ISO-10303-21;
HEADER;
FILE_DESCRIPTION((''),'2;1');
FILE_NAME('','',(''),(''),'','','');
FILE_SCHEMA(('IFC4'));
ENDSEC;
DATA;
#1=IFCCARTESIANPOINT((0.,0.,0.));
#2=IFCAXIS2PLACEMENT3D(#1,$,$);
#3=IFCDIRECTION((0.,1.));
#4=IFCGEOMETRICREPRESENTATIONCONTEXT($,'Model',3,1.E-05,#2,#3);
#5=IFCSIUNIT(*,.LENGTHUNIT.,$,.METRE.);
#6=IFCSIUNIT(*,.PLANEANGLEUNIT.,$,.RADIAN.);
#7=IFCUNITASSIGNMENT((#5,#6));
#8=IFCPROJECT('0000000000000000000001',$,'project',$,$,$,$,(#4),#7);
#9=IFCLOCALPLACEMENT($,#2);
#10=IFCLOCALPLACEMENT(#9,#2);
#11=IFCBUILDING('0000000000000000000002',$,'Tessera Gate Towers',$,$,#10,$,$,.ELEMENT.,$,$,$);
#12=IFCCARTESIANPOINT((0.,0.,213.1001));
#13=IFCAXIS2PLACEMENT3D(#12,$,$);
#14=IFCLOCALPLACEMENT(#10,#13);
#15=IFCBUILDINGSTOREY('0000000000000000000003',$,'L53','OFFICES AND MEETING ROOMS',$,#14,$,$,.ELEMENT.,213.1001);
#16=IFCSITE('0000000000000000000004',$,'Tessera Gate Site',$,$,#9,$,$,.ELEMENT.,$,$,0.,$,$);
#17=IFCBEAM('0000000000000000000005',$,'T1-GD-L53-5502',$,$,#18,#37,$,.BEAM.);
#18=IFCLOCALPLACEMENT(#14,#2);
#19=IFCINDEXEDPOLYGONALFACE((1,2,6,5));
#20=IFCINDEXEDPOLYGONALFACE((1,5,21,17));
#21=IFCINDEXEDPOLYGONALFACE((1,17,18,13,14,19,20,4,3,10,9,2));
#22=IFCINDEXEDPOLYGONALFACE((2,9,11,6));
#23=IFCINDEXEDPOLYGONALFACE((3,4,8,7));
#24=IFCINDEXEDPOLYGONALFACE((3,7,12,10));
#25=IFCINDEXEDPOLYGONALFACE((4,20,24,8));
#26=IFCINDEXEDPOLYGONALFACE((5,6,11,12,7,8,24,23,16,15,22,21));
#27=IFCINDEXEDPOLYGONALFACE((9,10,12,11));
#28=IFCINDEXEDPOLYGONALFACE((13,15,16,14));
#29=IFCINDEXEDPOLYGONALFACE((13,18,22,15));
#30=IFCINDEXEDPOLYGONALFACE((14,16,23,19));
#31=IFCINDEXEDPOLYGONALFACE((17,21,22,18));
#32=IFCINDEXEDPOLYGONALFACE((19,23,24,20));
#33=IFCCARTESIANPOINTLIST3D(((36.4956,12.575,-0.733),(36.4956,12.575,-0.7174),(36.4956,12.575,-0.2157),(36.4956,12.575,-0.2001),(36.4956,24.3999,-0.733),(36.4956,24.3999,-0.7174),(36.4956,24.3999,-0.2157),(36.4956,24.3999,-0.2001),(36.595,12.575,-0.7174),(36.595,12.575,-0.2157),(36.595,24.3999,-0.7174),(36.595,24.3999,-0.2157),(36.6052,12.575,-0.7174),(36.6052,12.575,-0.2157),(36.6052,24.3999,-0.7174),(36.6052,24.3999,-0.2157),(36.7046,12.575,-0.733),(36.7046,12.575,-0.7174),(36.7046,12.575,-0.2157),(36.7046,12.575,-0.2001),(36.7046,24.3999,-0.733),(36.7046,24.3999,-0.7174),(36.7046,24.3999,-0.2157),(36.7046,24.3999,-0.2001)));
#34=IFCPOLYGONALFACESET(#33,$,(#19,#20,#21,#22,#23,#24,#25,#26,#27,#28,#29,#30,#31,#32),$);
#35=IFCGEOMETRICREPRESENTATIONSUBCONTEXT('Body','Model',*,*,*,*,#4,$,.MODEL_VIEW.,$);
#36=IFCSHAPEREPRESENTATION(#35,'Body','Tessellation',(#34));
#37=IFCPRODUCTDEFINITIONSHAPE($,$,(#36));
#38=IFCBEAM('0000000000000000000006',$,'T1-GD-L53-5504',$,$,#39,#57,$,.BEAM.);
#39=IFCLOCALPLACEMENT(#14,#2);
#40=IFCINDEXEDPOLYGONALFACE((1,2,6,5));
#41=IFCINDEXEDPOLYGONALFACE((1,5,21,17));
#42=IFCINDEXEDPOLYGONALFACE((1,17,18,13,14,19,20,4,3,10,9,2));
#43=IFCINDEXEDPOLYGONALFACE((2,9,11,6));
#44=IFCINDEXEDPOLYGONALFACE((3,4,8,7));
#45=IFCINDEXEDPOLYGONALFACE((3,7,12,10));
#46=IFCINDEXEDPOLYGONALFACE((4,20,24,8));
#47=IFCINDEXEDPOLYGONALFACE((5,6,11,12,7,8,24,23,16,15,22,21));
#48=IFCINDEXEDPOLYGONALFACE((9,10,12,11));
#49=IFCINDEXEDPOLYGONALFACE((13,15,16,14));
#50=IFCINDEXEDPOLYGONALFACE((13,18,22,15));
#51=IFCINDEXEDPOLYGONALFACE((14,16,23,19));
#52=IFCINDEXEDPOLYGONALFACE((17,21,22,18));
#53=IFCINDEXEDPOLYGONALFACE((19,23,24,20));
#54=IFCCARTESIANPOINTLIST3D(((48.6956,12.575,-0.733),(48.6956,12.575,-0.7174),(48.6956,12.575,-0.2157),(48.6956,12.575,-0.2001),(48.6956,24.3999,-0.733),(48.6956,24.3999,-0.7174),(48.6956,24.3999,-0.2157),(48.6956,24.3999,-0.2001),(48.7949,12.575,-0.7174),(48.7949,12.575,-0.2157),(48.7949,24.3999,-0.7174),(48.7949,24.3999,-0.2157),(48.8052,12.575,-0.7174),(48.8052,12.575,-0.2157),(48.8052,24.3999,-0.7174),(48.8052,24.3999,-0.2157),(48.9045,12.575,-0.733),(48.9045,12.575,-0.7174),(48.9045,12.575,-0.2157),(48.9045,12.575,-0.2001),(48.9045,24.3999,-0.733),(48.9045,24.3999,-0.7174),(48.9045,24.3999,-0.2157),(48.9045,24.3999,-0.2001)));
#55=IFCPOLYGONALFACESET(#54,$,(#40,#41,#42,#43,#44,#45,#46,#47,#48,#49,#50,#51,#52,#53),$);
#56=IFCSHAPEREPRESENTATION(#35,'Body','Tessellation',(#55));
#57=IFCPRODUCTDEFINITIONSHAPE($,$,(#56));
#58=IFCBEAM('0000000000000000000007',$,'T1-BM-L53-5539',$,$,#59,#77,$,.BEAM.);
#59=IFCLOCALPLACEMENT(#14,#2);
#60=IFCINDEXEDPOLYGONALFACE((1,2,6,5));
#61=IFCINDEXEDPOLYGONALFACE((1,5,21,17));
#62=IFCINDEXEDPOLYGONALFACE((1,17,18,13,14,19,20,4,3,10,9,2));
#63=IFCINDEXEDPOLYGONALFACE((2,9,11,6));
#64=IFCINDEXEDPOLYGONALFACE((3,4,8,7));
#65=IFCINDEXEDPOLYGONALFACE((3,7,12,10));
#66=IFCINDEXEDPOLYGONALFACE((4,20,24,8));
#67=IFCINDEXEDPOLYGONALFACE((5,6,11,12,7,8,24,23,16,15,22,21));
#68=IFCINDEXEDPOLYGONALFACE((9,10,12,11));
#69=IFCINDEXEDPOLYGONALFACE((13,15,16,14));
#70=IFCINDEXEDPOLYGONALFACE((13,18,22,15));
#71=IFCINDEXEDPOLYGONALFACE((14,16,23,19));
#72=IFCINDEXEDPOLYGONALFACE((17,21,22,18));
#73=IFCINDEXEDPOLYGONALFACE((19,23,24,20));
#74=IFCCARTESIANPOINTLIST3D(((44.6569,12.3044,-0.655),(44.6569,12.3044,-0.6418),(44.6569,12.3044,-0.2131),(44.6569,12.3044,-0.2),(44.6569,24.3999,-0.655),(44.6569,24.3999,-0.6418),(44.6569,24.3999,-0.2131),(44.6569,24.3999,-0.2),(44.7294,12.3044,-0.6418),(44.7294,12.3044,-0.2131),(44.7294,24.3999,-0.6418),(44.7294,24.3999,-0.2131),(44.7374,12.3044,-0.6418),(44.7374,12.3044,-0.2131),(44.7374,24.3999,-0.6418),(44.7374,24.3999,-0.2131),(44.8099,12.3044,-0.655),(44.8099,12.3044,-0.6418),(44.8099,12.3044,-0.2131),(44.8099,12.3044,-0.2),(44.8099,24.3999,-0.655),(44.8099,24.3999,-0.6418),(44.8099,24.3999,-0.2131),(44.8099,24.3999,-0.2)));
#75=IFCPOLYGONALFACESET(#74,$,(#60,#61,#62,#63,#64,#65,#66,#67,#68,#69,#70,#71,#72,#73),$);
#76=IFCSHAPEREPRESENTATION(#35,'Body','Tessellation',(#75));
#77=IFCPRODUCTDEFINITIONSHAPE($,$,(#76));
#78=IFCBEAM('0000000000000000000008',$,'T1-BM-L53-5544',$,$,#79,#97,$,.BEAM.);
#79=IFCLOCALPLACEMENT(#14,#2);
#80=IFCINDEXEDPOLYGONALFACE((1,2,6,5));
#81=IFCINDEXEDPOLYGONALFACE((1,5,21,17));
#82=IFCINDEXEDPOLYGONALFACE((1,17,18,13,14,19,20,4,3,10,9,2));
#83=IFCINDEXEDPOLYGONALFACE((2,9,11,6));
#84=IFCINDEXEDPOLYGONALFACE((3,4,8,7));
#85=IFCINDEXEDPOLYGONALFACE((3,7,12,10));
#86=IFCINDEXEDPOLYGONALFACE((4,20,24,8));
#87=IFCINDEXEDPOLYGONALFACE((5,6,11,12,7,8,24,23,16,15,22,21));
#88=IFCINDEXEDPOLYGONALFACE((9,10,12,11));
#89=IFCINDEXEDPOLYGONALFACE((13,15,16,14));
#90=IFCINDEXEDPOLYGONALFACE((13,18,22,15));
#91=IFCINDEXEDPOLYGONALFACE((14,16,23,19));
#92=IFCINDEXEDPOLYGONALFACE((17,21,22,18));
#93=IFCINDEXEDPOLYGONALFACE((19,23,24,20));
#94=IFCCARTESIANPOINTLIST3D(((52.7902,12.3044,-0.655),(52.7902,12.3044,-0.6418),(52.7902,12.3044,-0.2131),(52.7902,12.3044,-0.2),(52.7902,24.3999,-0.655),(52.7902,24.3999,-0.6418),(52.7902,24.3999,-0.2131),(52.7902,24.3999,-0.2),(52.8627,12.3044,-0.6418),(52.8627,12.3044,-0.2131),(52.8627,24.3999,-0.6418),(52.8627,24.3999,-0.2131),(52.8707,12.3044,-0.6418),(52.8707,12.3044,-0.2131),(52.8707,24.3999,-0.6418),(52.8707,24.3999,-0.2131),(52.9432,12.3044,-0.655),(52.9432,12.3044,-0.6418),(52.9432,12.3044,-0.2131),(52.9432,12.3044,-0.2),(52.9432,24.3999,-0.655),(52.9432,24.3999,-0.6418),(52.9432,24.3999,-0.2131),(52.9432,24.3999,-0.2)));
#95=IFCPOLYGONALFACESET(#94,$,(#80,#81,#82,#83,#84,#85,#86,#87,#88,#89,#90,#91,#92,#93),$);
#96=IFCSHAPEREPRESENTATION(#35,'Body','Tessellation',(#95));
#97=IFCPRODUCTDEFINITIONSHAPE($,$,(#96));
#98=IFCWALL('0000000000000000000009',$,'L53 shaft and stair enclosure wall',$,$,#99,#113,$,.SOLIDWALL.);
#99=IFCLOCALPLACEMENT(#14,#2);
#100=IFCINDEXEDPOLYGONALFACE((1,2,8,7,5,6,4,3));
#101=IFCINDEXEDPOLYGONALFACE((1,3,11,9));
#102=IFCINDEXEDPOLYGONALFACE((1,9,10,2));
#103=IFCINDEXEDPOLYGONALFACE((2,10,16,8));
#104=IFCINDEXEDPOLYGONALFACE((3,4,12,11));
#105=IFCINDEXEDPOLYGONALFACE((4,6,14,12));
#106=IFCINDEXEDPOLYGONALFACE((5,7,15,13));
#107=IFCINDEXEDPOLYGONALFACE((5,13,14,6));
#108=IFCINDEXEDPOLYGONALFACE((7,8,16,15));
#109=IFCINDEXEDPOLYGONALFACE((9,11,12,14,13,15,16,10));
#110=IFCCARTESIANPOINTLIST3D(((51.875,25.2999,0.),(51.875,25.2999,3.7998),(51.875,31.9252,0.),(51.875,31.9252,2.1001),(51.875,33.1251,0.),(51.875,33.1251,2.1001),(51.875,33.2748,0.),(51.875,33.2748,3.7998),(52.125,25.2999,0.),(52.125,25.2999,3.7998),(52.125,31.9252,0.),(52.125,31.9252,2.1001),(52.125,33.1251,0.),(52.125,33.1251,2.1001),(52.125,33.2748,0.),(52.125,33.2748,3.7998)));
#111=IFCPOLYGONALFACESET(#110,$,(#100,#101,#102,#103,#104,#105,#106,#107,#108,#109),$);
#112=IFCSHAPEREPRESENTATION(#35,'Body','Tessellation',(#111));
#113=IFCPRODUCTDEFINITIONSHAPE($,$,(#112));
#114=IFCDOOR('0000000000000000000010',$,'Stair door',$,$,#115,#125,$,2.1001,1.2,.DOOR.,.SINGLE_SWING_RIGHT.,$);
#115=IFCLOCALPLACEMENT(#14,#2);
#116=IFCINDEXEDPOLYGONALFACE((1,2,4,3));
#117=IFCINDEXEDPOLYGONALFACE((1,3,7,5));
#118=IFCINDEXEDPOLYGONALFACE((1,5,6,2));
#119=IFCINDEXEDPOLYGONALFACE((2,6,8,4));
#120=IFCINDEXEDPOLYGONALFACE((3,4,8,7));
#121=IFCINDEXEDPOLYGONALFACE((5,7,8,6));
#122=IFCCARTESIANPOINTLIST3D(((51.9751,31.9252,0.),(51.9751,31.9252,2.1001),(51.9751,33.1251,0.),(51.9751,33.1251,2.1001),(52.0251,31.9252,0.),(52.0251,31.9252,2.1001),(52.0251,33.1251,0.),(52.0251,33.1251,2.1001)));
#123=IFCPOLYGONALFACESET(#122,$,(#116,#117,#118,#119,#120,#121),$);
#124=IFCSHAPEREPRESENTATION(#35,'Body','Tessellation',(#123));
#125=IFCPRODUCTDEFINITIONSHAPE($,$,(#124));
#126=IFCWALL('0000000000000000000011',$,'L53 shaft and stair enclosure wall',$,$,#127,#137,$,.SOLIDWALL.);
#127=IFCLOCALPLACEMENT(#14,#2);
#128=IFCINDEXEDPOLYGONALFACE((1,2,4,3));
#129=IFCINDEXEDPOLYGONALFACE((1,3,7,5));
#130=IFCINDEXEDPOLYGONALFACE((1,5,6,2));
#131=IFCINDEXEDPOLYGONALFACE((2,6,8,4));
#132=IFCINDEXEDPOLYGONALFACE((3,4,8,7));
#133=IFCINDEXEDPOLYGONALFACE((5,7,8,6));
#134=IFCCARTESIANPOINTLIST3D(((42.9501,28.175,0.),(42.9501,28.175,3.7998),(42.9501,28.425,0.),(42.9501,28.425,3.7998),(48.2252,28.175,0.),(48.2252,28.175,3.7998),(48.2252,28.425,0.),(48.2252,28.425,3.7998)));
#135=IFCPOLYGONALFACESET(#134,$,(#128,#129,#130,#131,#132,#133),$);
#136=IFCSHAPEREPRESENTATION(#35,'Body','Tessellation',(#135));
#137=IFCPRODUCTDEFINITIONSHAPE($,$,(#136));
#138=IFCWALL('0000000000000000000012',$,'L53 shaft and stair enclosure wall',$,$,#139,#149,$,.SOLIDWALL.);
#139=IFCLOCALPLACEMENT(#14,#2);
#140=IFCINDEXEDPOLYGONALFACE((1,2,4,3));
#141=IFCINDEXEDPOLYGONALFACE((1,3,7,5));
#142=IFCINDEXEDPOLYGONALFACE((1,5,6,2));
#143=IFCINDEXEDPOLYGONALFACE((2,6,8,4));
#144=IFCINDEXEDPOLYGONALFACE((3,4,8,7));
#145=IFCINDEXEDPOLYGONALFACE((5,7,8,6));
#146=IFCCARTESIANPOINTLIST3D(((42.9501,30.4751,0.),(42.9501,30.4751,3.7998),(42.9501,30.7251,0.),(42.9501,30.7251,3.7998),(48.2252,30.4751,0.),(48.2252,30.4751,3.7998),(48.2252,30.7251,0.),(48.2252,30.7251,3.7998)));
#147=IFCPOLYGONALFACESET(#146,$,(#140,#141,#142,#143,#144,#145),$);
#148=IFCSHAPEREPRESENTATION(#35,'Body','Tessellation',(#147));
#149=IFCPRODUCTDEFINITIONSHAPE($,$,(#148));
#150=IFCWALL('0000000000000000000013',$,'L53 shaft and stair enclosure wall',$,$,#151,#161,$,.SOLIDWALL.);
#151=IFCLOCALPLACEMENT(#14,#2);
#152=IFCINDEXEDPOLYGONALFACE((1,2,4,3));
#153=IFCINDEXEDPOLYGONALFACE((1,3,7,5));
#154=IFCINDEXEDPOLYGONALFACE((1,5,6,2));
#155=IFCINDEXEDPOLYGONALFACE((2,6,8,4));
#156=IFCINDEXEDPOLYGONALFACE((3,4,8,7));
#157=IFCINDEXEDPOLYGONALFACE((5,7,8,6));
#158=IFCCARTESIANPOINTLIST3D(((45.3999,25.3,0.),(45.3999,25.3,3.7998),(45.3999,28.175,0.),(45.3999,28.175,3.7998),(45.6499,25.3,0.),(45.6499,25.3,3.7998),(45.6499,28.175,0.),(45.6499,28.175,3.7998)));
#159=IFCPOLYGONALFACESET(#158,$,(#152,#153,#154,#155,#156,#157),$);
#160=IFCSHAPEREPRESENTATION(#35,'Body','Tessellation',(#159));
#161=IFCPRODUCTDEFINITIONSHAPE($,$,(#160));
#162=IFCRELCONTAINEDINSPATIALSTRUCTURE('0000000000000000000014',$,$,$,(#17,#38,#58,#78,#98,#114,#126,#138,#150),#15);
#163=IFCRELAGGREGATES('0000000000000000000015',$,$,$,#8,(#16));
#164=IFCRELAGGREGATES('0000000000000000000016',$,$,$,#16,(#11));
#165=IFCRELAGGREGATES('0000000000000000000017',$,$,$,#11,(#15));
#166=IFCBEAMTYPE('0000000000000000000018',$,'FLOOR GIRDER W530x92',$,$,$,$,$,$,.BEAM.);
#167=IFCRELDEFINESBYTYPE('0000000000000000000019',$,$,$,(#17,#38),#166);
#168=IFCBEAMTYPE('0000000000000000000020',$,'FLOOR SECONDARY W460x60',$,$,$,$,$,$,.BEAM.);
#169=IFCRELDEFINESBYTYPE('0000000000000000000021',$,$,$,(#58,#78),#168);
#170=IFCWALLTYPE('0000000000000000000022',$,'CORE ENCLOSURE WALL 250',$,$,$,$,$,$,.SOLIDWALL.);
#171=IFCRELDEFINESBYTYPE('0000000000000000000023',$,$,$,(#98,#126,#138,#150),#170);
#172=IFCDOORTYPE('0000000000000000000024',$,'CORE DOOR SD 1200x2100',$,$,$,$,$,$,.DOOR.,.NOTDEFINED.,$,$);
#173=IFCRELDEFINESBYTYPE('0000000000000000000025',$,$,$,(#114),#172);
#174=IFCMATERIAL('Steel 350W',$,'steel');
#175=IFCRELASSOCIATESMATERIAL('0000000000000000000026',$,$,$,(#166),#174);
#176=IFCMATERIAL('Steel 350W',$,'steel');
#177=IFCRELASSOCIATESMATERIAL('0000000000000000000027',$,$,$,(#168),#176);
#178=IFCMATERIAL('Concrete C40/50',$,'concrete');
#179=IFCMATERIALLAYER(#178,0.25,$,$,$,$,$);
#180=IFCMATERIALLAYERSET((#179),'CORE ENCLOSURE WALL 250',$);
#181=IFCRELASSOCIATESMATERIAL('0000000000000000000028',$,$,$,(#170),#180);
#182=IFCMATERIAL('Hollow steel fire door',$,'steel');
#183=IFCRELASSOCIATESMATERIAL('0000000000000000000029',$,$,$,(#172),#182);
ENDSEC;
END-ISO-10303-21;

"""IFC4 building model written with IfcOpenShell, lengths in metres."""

from ifc_helpers import new_model, si_unit, direction, frame, frame_2d, origin, origin_2d, place, context, subcontext, project, spatial, rectangle, i_section, extrude, source, transform, mapped, material, layer, layer_set, material_profile, profile_set, type_object, element, fill, save


model = new_model("IFC4")

# Units and contexts
model_context = context("Model", 3, precision=1e-05, world=origin(), true_north=direction((0.0, 1.0)))
body_context = subcontext(model_context, "Body", "Model", "MODEL_VIEW")
ifc_project = project(units=[si_unit("LENGTHUNIT", "METRE"), si_unit("PLANEANGLEUNIT", "RADIAN")], contexts=[model_context])

# Site, building, storey
site_placement = place(None, origin())
site = spatial("IfcSite", under=ifc_project, at=site_placement, Name="Tessera Gate Site", CompositionType="ELEMENT", RefElevation=0.0)
building_placement = place(site_placement, origin())
building = spatial("IfcBuilding", under=site, at=building_placement, Name="Tessera Gate Towers", CompositionType="ELEMENT")
storey_placement = place(building_placement, frame((0.0, 0.0, 213.1001)))
storey = spatial("IfcBuildingStorey", under=building, at=storey_placement, Name="L53", Description="OFFICES AND MEETING ROOMS", CompositionType="ELEMENT", Elevation=213.1001)

# Beams
ifc_material_1 = material(Name="Steel 350W", Category="steel")
ifc_material_profile_1 = material_profile(ifc_material_1, i_section(OverallWidth=0.209, OverallDepth=0.533, WebThickness=0.0103, FlangeThickness=0.0156, at=origin_2d()), Name="W530x92")
ifc_profile_set_1 = profile_set([ifc_material_profile_1], Name="Steel 350W")
beam_type_1 = type_object("IfcBeamType", Name="FLOOR GIRDER W530x92", PredefinedType="BEAM", material=ifc_profile_set_1)
for number, where, z_axis, x_axis, name in (
    (1, (36.6001, 12.575, -0.4666), (0.0, 1.0, 0.0), (-1.0, 0.0, 0.0), "T1-GD-L53-5502"),
    (2, (48.8, 12.575, -0.4666), (0.0, 1.0, 0.0), (-1.0, 0.0, 0.0), "T1-GD-L53-5504"),
):
    element("IfcBeam", number, at=place(storey_placement, frame(where, z_axis=z_axis, x_axis=x_axis)), inside=storey, type_object=beam_type_1, Name=name, PredefinedType="BEAM", context=body_context, shape_type="SweptSolid", body=[
        extrude(i_section(OverallWidth=0.209, OverallDepth=0.533, WebThickness=0.0103, FlangeThickness=0.0156, at=origin_2d()), origin(), (0.0, 0.0, 1.0), 11.825),
    ])
ifc_material_2 = material(Name="Steel 350W", Category="steel")
ifc_material_profile_2 = material_profile(ifc_material_2, i_section(OverallWidth=0.1531, OverallDepth=0.4551, WebThickness=0.0081, FlangeThickness=0.0132, at=origin_2d()), Name="W460x60")
ifc_profile_set_2 = profile_set([ifc_material_profile_2], Name="Steel 350W")
beam_type_2 = type_object("IfcBeamType", Name="FLOOR SECONDARY W460x60", PredefinedType="BEAM", material=ifc_profile_set_2)
for number, where, z_axis, x_axis, name in (
    (3, (44.7334, 12.3044, -0.4275), (0.0, 1.0, 0.0), (-1.0, 0.0, 0.0), "T1-BM-L53-5539"),
    (4, (52.8667, 12.3044, -0.4275), (0.0, 1.0, 0.0), (-1.0, 0.0, 0.0), "T1-BM-L53-5544"),
):
    element("IfcBeam", number, at=place(storey_placement, frame(where, z_axis=z_axis, x_axis=x_axis)), inside=storey, type_object=beam_type_2, Name=name, PredefinedType="BEAM", context=body_context, shape_type="SweptSolid", body=[
        extrude(i_section(OverallWidth=0.1531, OverallDepth=0.4551, WebThickness=0.0081, FlangeThickness=0.0132, at=origin_2d()), origin(), (0.0, 0.0, 1.0), 12.0955),
    ])

# Wall, opening, door
ifc_material_3 = material(Name="Concrete C40/50", Category="concrete")
ifc_layer_1 = layer(ifc_material_3, 0.25)
ifc_layer_set_1 = layer_set([ifc_layer_1], Name="CORE ENCLOSURE WALL 250")
wall_type_1 = type_object("IfcWallType", Name="CORE ENCLOSURE WALL 250", PredefinedType="SOLIDWALL", material=ifc_layer_set_1)
wall_1_placement = place(storey_placement, frame((52.0, 25.3, 0.0), z_axis=(0.0, 0.0, 1.0), x_axis=(0.0, 1.0, 0.0)))
wall_1 = element("IfcWall", 5, at=wall_1_placement, inside=storey, type_object=wall_type_1, Name="L53 shaft and stair enclosure wall", PredefinedType="SOLIDWALL", context=body_context, shape_type="SweptSolid", body=[
    extrude(rectangle(XDim=7.9749, YDim=0.25, at=frame_2d((3.9873, 0.0))), origin(), (0.0, 0.0, 1.0), 3.7998),
])
shared_shape_1 = source(origin(), body_context, "Body", "SweptSolid", [
    extrude(rectangle(XDim=1.2, YDim=2.1001, at=frame_2d((0.6001, 1.05))), frame((0.0, 0.135, 0.0), z_axis=(0.0, -1.0, 0.0), x_axis=(1.0, 0.0, 0.0)), (0.0, 0.0, 1.0), 0.27),
])
opening_1_placement = place(wall_1_placement, frame((6.625, 0.0, 0.0)))
opening_1 = element("IfcOpeningElement", 6, at=opening_1_placement, cuts=wall_1, PredefinedType="OPENING", context=body_context, shape_type="MappedRepresentation", body=[
    mapped(shared_shape_1, transform((0.0, 0.0, 0.0), scale=1.0)),
])
ifc_material_4 = material(Name="Hollow steel fire door", Category="steel")
door_type_1 = type_object("IfcDoorType", Name="CORE DOOR SD 1200x2100", OperationType="NOTDEFINED", PredefinedType="DOOR", material=ifc_material_4)
shared_shape_2 = source(origin(), body_context, "Body", "SweptSolid", [
    extrude(rectangle(XDim=1.2, YDim=2.1001, at=frame_2d((0.6001, 1.05))), frame((0.0, 0.0249, 0.0), z_axis=(0.0, -1.0, 0.0), x_axis=(1.0, 0.0, 0.0)), (0.0, 0.0, 1.0), 0.05),
])
door_1_placement = place(opening_1_placement, origin())
door_1 = element("IfcDoor", 7, at=door_1_placement, inside=storey, type_object=door_type_1, Name="Stair door", OperationType="SINGLE_SWING_RIGHT", OverallHeight=2.1001, OverallWidth=1.2, PredefinedType="DOOR", context=body_context, shape_type="MappedRepresentation", body=[
    mapped(shared_shape_2, transform((0.0, 0.0, 0.0), scale=1.0)),
])
fill(opening_1, door_1)

# Walls
for number, where, z_axis, x_axis, name in (
    (8, (42.95, 28.3, 0.0), (0.0, 0.0, 1.0), (1.0, 0.0, 0.0), "L53 shaft and stair enclosure wall"),
    (9, (42.95, 30.6001, 0.0), (0.0, 0.0, 1.0), (1.0, 0.0, 0.0), "L53 shaft and stair enclosure wall"),
):
    element("IfcWall", number, at=place(storey_placement, frame(where, z_axis=z_axis, x_axis=x_axis)), inside=storey, type_object=wall_type_1, Name=name, PredefinedType="SOLIDWALL", context=body_context, shape_type="SweptSolid", body=[
        extrude(rectangle(XDim=5.2751, YDim=0.25, at=frame_2d((2.6377, 0.0))), origin(), (0.0, 0.0, 1.0), 3.7998),
    ])
wall_2_placement = place(storey_placement, frame((45.5249, 25.3, 0.0), z_axis=(0.0, 0.0, 1.0), x_axis=(0.0, 1.0, 0.0)))
element("IfcWall", 10, at=wall_2_placement, inside=storey, type_object=wall_type_1, Name="L53 shaft and stair enclosure wall", PredefinedType="SOLIDWALL", context=body_context, shape_type="SweptSolid", body=[
    extrude(rectangle(XDim=2.875, YDim=0.25, at=frame_2d((1.4375, 0.0))), origin(), (0.0, 0.0, 1.0), 3.7998),
])

save(model, "model.ifc")
